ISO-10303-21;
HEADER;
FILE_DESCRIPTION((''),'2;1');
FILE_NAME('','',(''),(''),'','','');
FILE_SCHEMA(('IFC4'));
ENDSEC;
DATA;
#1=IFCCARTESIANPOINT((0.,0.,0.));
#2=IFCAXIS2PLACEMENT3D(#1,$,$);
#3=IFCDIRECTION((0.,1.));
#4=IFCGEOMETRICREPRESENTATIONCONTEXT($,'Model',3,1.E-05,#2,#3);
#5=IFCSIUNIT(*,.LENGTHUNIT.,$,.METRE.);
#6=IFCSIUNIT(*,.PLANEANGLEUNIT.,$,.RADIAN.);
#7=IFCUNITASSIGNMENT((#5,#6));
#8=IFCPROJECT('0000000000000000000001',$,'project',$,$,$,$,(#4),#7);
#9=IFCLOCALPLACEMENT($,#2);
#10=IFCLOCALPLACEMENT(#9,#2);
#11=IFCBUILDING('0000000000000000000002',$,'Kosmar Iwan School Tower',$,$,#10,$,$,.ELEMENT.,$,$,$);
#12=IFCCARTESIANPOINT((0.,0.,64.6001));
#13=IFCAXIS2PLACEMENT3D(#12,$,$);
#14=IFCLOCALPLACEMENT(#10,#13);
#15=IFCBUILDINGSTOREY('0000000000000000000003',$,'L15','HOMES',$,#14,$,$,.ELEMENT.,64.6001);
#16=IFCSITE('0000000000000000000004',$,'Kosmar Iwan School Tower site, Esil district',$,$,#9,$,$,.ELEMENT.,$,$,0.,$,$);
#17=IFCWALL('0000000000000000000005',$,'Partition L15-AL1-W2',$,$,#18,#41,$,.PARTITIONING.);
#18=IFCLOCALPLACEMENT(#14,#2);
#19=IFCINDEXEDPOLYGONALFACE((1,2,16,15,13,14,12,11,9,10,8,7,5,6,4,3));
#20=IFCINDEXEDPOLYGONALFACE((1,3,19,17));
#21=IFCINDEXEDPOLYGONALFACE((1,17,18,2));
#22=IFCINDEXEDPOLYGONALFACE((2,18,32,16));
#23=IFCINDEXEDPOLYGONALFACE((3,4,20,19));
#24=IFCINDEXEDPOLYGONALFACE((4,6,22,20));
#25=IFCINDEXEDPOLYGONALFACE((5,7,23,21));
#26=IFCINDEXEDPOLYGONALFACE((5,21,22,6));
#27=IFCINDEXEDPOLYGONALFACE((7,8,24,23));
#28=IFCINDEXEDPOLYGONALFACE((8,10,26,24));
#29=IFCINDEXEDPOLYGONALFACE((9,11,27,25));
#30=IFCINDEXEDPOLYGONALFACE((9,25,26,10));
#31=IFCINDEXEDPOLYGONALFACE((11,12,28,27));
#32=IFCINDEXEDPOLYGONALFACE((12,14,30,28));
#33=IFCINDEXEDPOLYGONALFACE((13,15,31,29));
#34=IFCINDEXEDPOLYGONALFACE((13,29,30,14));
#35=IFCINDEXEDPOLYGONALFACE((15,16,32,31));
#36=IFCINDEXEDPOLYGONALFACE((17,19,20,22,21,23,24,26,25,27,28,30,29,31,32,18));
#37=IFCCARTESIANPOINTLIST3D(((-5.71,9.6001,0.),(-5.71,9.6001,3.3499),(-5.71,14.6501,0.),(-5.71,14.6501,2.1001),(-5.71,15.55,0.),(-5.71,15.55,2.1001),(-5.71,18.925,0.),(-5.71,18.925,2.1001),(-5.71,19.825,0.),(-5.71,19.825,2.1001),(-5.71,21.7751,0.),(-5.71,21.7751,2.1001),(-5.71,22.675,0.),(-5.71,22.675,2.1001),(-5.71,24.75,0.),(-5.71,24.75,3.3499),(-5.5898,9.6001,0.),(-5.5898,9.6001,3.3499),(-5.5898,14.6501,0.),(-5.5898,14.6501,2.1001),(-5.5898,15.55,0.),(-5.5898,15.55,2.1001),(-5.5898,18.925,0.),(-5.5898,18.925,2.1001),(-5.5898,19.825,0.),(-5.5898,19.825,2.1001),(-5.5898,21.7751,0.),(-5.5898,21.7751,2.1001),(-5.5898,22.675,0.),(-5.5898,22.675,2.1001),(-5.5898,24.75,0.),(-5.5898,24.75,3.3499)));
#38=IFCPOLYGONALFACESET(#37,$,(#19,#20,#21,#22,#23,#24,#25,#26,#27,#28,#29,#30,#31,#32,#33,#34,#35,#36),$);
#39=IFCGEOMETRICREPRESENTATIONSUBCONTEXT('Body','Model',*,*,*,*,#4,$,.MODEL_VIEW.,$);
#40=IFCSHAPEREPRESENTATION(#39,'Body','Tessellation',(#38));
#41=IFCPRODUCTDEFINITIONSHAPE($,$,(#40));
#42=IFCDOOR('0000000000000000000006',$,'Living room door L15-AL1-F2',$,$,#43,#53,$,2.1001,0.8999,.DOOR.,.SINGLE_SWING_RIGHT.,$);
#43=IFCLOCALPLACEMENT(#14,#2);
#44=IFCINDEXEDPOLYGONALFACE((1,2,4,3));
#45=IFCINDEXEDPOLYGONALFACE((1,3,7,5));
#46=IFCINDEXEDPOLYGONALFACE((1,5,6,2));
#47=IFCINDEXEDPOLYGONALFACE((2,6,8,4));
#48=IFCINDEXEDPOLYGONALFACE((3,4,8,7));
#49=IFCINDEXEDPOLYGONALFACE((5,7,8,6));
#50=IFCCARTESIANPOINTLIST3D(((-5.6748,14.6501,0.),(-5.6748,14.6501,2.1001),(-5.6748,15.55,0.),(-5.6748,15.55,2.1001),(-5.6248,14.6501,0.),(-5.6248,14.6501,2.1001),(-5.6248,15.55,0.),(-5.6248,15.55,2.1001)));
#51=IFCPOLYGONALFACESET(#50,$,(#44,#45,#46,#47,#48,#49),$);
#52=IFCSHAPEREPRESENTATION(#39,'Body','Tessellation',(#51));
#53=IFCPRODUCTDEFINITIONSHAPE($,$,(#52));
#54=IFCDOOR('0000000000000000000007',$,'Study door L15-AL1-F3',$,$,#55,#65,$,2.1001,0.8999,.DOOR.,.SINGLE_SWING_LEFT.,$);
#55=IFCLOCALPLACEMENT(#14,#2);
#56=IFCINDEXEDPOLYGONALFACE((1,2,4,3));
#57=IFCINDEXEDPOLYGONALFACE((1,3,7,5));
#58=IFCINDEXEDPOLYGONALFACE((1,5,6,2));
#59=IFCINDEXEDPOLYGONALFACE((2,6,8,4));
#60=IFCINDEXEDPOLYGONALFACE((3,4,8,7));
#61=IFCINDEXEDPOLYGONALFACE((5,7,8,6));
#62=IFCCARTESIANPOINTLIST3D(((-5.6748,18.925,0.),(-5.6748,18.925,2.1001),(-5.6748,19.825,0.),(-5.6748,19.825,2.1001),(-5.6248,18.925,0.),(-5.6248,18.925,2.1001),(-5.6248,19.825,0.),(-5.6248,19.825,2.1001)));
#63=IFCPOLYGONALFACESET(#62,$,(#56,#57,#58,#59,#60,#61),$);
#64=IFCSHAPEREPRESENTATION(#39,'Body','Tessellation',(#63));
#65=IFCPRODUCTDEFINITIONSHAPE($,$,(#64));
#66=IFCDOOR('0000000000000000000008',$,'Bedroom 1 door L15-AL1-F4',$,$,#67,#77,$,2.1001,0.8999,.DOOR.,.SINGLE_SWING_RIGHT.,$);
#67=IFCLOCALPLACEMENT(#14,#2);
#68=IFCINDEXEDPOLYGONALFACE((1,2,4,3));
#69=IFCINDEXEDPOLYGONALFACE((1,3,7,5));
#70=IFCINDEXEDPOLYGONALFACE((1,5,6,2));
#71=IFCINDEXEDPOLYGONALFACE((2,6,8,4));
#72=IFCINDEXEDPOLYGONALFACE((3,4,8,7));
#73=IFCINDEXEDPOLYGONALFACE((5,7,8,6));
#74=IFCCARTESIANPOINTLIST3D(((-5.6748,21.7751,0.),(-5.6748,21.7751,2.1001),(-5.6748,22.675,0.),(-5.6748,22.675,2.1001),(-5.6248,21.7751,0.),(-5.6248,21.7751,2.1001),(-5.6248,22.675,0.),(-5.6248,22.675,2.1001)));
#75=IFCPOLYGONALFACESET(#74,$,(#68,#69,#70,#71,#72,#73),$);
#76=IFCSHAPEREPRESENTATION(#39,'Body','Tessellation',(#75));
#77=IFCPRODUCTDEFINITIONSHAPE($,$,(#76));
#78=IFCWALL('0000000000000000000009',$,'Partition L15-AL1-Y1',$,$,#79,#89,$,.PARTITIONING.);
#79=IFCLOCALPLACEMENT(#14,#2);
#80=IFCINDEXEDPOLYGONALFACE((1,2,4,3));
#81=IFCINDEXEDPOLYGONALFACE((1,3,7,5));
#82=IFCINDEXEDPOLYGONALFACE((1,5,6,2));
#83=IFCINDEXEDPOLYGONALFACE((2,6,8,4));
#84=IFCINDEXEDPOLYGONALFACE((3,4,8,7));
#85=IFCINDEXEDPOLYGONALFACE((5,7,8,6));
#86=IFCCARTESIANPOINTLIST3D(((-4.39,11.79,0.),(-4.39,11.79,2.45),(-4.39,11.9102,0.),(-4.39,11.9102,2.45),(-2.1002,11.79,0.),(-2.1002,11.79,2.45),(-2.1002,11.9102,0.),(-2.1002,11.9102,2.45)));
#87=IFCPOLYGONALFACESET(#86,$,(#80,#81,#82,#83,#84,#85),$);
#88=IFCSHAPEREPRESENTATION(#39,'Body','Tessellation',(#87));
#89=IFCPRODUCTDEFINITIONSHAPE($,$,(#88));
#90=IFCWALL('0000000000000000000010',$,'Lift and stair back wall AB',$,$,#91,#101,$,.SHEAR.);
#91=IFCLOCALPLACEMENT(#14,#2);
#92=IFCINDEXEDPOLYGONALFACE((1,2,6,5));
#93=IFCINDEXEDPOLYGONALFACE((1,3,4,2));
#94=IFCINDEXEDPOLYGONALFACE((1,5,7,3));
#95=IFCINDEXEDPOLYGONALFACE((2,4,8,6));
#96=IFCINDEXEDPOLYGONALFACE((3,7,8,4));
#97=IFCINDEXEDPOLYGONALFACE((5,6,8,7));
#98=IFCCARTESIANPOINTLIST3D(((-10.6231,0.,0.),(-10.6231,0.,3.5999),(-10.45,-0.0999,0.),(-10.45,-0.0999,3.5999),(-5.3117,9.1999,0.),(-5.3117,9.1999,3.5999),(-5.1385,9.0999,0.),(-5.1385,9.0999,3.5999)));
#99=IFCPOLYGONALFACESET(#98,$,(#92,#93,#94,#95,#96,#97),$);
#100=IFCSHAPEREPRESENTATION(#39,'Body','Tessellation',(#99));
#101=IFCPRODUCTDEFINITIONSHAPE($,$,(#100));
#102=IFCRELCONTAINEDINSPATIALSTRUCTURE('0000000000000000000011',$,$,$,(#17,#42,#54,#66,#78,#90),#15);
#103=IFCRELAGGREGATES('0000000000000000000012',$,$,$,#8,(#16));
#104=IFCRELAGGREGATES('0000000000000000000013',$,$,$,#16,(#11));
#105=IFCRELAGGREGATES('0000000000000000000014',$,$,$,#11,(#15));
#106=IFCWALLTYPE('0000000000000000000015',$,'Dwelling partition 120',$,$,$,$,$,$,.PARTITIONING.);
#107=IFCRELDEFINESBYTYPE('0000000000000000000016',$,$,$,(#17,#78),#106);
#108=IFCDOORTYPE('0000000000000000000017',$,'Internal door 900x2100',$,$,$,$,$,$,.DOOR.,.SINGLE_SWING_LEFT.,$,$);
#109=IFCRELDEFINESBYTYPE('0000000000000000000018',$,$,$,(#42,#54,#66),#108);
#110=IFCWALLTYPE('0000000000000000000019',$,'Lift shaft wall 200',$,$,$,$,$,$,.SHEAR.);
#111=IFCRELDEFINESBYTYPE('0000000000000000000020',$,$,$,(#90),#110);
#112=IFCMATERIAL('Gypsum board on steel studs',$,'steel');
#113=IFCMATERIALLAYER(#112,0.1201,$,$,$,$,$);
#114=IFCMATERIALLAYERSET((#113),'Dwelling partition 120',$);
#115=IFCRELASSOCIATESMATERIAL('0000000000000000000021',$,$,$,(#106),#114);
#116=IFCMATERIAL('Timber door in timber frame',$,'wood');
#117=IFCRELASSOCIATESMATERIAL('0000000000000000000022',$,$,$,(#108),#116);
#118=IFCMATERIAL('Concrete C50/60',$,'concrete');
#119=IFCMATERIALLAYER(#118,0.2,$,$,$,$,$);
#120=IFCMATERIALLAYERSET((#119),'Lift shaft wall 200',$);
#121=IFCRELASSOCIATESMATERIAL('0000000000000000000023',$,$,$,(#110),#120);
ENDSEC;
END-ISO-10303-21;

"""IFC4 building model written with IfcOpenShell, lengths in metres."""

from ifc_helpers import new_model, si_unit, direction, frame, frame_2d, origin, place, context, subcontext, project, spatial, rectangle, extrude, material, layer, layer_set, type_object, element, fill, save


model = new_model("IFC4")

# Units and contexts
model_context = context("Model", 3, precision=1e-05, world=origin(), true_north=direction((0.0, 1.0)))
body_context = subcontext(model_context, "Body", "Model", "MODEL_VIEW")
ifc_project = project(units=[si_unit("LENGTHUNIT", "METRE"), si_unit("PLANEANGLEUNIT", "RADIAN")], contexts=[model_context])

# Site, building, storey
site_placement = place(None, origin())
site = spatial("IfcSite", under=ifc_project, at=site_placement, Name="Kosmar Iwan School Tower site, Esil district", CompositionType="ELEMENT", RefElevation=0.0)
building_placement = place(site_placement, origin())
building = spatial("IfcBuilding", under=site, at=building_placement, Name="Kosmar Iwan School Tower", CompositionType="ELEMENT")
storey_placement = place(building_placement, frame((0.0, 0.0, 64.6001)))
storey = spatial("IfcBuildingStorey", under=building, at=storey_placement, Name="L15", Description="HOMES", CompositionType="ELEMENT", Elevation=64.6001)

# Wall, openings, doors
ifc_material_1 = material(Name="Gypsum board on steel studs", Category="steel")
ifc_layer_1 = layer(ifc_material_1, 0.1201)
ifc_layer_set_1 = layer_set([ifc_layer_1], Name="Dwelling partition 120")
wall_type_1 = type_object("IfcWallType", Name="Dwelling partition 120", PredefinedType="PARTITIONING", material=ifc_layer_set_1)
ifc_material_2 = material(Name="Timber door in timber frame", Category="wood")
door_type_1 = type_object("IfcDoorType", Name="Internal door 900x2100", OperationType="SINGLE_SWING_LEFT", PredefinedType="DOOR", material=ifc_material_2)
wall_1_placement = place(storey_placement, frame((-5.6499, 9.6001, 0.0), z_axis=(0.0, 0.0, 1.0), x_axis=(0.0, 1.0, 0.0)))
wall_1 = element("IfcWall", 1, at=wall_1_placement, inside=storey, type_object=wall_type_1, Name="Partition L15-AL1-W2", PredefinedType="PARTITIONING", context=body_context, shape_type="SweptSolid", body=[
    extrude(rectangle(XDim=15.1499, YDim=0.1201, at=frame_2d((7.575, 0.0))), origin(), (0.0, 0.0, 1.0), 3.3499),
])
opening_1_placement = place(wall_1_placement, frame((5.05, 0.0, 0.0)))
opening_1 = element("IfcOpeningElement", 2, at=opening_1_placement, cuts=wall_1, PredefinedType="OPENING", context=body_context, shape_type="SweptSolid", body=[
    extrude(rectangle(XDim=0.8999, YDim=2.1001, at=frame_2d((0.45, 1.05))), frame((0.0, 0.072, 0.0), z_axis=(0.0, -1.0, 0.0), x_axis=(1.0, 0.0, 0.0)), (0.0, 0.0, 1.0), 0.144),
])
opening_2_placement = place(wall_1_placement, frame((9.325, 0.0, 0.0)))
opening_2 = element("IfcOpeningElement", 3, at=opening_2_placement, cuts=wall_1, PredefinedType="OPENING", context=body_context, shape_type="SweptSolid", body=[
    extrude(rectangle(XDim=0.8999, YDim=2.1001, at=frame_2d((0.45, 1.05))), frame((0.0, 0.072, 0.0), z_axis=(0.0, -1.0, 0.0), x_axis=(1.0, 0.0, 0.0)), (0.0, 0.0, 1.0), 0.144),
])
opening_3_placement = place(wall_1_placement, frame((12.175, 0.0, 0.0)))
opening_3 = element("IfcOpeningElement", 4, at=opening_3_placement, cuts=wall_1, PredefinedType="OPENING", context=body_context, shape_type="SweptSolid", body=[
    extrude(rectangle(XDim=0.8999, YDim=2.1001, at=frame_2d((0.45, 1.05))), frame((0.0, 0.072, 0.0), z_axis=(0.0, -1.0, 0.0), x_axis=(1.0, 0.0, 0.0)), (0.0, 0.0, 1.0), 0.144),
])
door_1_placement = place(opening_1_placement, origin())
door_1 = element("IfcDoor", 5, at=door_1_placement, inside=storey, type_object=door_type_1, Name="Living room door L15-AL1-F2", OperationType="SINGLE_SWING_RIGHT", OverallHeight=2.1001, OverallWidth=0.8999, PredefinedType="DOOR", context=body_context, shape_type="SweptSolid", body=[
    extrude(rectangle(XDim=0.8999, YDim=2.1001, at=frame_2d((0.45, 1.05))), frame((0.0, 0.0249, 0.0), z_axis=(0.0, -1.0, 0.0), x_axis=(1.0, 0.0, 0.0)), (0.0, 0.0, 1.0), 0.05),
])
fill(opening_1, door_1)
door_2_placement = place(opening_2_placement, origin())
door_2 = element("IfcDoor", 6, at=door_2_placement, inside=storey, type_object=door_type_1, Name="Study door L15-AL1-F3", OperationType="SINGLE_SWING_LEFT", OverallHeight=2.1001, OverallWidth=0.8999, PredefinedType="DOOR", context=body_context, shape_type="SweptSolid", body=[
    extrude(rectangle(XDim=0.8999, YDim=2.1001, at=frame_2d((0.45, 1.05))), frame((0.0, 0.0249, 0.0), z_axis=(0.0, -1.0, 0.0), x_axis=(1.0, 0.0, 0.0)), (0.0, 0.0, 1.0), 0.05),
])
fill(opening_2, door_2)
door_3_placement = place(opening_3_placement, origin())
door_3 = element("IfcDoor", 7, at=door_3_placement, inside=storey, type_object=door_type_1, Name="Bedroom 1 door L15-AL1-F4", OperationType="SINGLE_SWING_RIGHT", OverallHeight=2.1001, OverallWidth=0.8999, PredefinedType="DOOR", context=body_context, shape_type="SweptSolid", body=[
    extrude(rectangle(XDim=0.8999, YDim=2.1001, at=frame_2d((0.45, 1.05))), frame((0.0, 0.0249, 0.0), z_axis=(0.0, -1.0, 0.0), x_axis=(1.0, 0.0, 0.0)), (0.0, 0.0, 1.0), 0.05),
])
fill(opening_3, door_3)

# Walls
wall_2_placement = place(storey_placement, frame((-2.1001, 11.8501, 0.0), z_axis=(0.0, 0.0, 1.0), x_axis=(-1.0, 0.0, 0.0)))
element("IfcWall", 8, at=wall_2_placement, inside=storey, type_object=wall_type_1, Name="Partition L15-AL1-Y1", PredefinedType="PARTITIONING", context=body_context, shape_type="SweptSolid", body=[
    extrude(rectangle(XDim=2.2898, YDim=0.1201, at=frame_2d((1.145, 0.0))), origin(), (0.0, 0.0, 1.0), 2.45),
])
ifc_material_3 = material(Name="Concrete C50/60", Category="concrete")
ifc_layer_2 = layer(ifc_material_3, 0.2)
ifc_layer_set_2 = layer_set([ifc_layer_2], Name="Lift shaft wall 200")
wall_type_2 = type_object("IfcWallType", Name="Lift shaft wall 200", PredefinedType="SHEAR", material=ifc_layer_set_2)
wall_3_placement = place(storey_placement, frame((-5.2251, 9.1499, 0.0), z_axis=(0.0, 0.0, 1.0), x_axis=(-0.499995, -0.866028, 0.0)))
element("IfcWall", 9, at=wall_3_placement, inside=storey, type_object=wall_type_2, Name="Lift and stair back wall AB", PredefinedType="SHEAR", context=body_context, shape_type="SweptSolid", body=[
    extrude(rectangle(XDim=10.623, YDim=0.2, at=frame_2d((5.3115, 0.0))), origin(), (0.0, 0.0, 1.0), 3.5999),
])

save(model, "model.ifc")
